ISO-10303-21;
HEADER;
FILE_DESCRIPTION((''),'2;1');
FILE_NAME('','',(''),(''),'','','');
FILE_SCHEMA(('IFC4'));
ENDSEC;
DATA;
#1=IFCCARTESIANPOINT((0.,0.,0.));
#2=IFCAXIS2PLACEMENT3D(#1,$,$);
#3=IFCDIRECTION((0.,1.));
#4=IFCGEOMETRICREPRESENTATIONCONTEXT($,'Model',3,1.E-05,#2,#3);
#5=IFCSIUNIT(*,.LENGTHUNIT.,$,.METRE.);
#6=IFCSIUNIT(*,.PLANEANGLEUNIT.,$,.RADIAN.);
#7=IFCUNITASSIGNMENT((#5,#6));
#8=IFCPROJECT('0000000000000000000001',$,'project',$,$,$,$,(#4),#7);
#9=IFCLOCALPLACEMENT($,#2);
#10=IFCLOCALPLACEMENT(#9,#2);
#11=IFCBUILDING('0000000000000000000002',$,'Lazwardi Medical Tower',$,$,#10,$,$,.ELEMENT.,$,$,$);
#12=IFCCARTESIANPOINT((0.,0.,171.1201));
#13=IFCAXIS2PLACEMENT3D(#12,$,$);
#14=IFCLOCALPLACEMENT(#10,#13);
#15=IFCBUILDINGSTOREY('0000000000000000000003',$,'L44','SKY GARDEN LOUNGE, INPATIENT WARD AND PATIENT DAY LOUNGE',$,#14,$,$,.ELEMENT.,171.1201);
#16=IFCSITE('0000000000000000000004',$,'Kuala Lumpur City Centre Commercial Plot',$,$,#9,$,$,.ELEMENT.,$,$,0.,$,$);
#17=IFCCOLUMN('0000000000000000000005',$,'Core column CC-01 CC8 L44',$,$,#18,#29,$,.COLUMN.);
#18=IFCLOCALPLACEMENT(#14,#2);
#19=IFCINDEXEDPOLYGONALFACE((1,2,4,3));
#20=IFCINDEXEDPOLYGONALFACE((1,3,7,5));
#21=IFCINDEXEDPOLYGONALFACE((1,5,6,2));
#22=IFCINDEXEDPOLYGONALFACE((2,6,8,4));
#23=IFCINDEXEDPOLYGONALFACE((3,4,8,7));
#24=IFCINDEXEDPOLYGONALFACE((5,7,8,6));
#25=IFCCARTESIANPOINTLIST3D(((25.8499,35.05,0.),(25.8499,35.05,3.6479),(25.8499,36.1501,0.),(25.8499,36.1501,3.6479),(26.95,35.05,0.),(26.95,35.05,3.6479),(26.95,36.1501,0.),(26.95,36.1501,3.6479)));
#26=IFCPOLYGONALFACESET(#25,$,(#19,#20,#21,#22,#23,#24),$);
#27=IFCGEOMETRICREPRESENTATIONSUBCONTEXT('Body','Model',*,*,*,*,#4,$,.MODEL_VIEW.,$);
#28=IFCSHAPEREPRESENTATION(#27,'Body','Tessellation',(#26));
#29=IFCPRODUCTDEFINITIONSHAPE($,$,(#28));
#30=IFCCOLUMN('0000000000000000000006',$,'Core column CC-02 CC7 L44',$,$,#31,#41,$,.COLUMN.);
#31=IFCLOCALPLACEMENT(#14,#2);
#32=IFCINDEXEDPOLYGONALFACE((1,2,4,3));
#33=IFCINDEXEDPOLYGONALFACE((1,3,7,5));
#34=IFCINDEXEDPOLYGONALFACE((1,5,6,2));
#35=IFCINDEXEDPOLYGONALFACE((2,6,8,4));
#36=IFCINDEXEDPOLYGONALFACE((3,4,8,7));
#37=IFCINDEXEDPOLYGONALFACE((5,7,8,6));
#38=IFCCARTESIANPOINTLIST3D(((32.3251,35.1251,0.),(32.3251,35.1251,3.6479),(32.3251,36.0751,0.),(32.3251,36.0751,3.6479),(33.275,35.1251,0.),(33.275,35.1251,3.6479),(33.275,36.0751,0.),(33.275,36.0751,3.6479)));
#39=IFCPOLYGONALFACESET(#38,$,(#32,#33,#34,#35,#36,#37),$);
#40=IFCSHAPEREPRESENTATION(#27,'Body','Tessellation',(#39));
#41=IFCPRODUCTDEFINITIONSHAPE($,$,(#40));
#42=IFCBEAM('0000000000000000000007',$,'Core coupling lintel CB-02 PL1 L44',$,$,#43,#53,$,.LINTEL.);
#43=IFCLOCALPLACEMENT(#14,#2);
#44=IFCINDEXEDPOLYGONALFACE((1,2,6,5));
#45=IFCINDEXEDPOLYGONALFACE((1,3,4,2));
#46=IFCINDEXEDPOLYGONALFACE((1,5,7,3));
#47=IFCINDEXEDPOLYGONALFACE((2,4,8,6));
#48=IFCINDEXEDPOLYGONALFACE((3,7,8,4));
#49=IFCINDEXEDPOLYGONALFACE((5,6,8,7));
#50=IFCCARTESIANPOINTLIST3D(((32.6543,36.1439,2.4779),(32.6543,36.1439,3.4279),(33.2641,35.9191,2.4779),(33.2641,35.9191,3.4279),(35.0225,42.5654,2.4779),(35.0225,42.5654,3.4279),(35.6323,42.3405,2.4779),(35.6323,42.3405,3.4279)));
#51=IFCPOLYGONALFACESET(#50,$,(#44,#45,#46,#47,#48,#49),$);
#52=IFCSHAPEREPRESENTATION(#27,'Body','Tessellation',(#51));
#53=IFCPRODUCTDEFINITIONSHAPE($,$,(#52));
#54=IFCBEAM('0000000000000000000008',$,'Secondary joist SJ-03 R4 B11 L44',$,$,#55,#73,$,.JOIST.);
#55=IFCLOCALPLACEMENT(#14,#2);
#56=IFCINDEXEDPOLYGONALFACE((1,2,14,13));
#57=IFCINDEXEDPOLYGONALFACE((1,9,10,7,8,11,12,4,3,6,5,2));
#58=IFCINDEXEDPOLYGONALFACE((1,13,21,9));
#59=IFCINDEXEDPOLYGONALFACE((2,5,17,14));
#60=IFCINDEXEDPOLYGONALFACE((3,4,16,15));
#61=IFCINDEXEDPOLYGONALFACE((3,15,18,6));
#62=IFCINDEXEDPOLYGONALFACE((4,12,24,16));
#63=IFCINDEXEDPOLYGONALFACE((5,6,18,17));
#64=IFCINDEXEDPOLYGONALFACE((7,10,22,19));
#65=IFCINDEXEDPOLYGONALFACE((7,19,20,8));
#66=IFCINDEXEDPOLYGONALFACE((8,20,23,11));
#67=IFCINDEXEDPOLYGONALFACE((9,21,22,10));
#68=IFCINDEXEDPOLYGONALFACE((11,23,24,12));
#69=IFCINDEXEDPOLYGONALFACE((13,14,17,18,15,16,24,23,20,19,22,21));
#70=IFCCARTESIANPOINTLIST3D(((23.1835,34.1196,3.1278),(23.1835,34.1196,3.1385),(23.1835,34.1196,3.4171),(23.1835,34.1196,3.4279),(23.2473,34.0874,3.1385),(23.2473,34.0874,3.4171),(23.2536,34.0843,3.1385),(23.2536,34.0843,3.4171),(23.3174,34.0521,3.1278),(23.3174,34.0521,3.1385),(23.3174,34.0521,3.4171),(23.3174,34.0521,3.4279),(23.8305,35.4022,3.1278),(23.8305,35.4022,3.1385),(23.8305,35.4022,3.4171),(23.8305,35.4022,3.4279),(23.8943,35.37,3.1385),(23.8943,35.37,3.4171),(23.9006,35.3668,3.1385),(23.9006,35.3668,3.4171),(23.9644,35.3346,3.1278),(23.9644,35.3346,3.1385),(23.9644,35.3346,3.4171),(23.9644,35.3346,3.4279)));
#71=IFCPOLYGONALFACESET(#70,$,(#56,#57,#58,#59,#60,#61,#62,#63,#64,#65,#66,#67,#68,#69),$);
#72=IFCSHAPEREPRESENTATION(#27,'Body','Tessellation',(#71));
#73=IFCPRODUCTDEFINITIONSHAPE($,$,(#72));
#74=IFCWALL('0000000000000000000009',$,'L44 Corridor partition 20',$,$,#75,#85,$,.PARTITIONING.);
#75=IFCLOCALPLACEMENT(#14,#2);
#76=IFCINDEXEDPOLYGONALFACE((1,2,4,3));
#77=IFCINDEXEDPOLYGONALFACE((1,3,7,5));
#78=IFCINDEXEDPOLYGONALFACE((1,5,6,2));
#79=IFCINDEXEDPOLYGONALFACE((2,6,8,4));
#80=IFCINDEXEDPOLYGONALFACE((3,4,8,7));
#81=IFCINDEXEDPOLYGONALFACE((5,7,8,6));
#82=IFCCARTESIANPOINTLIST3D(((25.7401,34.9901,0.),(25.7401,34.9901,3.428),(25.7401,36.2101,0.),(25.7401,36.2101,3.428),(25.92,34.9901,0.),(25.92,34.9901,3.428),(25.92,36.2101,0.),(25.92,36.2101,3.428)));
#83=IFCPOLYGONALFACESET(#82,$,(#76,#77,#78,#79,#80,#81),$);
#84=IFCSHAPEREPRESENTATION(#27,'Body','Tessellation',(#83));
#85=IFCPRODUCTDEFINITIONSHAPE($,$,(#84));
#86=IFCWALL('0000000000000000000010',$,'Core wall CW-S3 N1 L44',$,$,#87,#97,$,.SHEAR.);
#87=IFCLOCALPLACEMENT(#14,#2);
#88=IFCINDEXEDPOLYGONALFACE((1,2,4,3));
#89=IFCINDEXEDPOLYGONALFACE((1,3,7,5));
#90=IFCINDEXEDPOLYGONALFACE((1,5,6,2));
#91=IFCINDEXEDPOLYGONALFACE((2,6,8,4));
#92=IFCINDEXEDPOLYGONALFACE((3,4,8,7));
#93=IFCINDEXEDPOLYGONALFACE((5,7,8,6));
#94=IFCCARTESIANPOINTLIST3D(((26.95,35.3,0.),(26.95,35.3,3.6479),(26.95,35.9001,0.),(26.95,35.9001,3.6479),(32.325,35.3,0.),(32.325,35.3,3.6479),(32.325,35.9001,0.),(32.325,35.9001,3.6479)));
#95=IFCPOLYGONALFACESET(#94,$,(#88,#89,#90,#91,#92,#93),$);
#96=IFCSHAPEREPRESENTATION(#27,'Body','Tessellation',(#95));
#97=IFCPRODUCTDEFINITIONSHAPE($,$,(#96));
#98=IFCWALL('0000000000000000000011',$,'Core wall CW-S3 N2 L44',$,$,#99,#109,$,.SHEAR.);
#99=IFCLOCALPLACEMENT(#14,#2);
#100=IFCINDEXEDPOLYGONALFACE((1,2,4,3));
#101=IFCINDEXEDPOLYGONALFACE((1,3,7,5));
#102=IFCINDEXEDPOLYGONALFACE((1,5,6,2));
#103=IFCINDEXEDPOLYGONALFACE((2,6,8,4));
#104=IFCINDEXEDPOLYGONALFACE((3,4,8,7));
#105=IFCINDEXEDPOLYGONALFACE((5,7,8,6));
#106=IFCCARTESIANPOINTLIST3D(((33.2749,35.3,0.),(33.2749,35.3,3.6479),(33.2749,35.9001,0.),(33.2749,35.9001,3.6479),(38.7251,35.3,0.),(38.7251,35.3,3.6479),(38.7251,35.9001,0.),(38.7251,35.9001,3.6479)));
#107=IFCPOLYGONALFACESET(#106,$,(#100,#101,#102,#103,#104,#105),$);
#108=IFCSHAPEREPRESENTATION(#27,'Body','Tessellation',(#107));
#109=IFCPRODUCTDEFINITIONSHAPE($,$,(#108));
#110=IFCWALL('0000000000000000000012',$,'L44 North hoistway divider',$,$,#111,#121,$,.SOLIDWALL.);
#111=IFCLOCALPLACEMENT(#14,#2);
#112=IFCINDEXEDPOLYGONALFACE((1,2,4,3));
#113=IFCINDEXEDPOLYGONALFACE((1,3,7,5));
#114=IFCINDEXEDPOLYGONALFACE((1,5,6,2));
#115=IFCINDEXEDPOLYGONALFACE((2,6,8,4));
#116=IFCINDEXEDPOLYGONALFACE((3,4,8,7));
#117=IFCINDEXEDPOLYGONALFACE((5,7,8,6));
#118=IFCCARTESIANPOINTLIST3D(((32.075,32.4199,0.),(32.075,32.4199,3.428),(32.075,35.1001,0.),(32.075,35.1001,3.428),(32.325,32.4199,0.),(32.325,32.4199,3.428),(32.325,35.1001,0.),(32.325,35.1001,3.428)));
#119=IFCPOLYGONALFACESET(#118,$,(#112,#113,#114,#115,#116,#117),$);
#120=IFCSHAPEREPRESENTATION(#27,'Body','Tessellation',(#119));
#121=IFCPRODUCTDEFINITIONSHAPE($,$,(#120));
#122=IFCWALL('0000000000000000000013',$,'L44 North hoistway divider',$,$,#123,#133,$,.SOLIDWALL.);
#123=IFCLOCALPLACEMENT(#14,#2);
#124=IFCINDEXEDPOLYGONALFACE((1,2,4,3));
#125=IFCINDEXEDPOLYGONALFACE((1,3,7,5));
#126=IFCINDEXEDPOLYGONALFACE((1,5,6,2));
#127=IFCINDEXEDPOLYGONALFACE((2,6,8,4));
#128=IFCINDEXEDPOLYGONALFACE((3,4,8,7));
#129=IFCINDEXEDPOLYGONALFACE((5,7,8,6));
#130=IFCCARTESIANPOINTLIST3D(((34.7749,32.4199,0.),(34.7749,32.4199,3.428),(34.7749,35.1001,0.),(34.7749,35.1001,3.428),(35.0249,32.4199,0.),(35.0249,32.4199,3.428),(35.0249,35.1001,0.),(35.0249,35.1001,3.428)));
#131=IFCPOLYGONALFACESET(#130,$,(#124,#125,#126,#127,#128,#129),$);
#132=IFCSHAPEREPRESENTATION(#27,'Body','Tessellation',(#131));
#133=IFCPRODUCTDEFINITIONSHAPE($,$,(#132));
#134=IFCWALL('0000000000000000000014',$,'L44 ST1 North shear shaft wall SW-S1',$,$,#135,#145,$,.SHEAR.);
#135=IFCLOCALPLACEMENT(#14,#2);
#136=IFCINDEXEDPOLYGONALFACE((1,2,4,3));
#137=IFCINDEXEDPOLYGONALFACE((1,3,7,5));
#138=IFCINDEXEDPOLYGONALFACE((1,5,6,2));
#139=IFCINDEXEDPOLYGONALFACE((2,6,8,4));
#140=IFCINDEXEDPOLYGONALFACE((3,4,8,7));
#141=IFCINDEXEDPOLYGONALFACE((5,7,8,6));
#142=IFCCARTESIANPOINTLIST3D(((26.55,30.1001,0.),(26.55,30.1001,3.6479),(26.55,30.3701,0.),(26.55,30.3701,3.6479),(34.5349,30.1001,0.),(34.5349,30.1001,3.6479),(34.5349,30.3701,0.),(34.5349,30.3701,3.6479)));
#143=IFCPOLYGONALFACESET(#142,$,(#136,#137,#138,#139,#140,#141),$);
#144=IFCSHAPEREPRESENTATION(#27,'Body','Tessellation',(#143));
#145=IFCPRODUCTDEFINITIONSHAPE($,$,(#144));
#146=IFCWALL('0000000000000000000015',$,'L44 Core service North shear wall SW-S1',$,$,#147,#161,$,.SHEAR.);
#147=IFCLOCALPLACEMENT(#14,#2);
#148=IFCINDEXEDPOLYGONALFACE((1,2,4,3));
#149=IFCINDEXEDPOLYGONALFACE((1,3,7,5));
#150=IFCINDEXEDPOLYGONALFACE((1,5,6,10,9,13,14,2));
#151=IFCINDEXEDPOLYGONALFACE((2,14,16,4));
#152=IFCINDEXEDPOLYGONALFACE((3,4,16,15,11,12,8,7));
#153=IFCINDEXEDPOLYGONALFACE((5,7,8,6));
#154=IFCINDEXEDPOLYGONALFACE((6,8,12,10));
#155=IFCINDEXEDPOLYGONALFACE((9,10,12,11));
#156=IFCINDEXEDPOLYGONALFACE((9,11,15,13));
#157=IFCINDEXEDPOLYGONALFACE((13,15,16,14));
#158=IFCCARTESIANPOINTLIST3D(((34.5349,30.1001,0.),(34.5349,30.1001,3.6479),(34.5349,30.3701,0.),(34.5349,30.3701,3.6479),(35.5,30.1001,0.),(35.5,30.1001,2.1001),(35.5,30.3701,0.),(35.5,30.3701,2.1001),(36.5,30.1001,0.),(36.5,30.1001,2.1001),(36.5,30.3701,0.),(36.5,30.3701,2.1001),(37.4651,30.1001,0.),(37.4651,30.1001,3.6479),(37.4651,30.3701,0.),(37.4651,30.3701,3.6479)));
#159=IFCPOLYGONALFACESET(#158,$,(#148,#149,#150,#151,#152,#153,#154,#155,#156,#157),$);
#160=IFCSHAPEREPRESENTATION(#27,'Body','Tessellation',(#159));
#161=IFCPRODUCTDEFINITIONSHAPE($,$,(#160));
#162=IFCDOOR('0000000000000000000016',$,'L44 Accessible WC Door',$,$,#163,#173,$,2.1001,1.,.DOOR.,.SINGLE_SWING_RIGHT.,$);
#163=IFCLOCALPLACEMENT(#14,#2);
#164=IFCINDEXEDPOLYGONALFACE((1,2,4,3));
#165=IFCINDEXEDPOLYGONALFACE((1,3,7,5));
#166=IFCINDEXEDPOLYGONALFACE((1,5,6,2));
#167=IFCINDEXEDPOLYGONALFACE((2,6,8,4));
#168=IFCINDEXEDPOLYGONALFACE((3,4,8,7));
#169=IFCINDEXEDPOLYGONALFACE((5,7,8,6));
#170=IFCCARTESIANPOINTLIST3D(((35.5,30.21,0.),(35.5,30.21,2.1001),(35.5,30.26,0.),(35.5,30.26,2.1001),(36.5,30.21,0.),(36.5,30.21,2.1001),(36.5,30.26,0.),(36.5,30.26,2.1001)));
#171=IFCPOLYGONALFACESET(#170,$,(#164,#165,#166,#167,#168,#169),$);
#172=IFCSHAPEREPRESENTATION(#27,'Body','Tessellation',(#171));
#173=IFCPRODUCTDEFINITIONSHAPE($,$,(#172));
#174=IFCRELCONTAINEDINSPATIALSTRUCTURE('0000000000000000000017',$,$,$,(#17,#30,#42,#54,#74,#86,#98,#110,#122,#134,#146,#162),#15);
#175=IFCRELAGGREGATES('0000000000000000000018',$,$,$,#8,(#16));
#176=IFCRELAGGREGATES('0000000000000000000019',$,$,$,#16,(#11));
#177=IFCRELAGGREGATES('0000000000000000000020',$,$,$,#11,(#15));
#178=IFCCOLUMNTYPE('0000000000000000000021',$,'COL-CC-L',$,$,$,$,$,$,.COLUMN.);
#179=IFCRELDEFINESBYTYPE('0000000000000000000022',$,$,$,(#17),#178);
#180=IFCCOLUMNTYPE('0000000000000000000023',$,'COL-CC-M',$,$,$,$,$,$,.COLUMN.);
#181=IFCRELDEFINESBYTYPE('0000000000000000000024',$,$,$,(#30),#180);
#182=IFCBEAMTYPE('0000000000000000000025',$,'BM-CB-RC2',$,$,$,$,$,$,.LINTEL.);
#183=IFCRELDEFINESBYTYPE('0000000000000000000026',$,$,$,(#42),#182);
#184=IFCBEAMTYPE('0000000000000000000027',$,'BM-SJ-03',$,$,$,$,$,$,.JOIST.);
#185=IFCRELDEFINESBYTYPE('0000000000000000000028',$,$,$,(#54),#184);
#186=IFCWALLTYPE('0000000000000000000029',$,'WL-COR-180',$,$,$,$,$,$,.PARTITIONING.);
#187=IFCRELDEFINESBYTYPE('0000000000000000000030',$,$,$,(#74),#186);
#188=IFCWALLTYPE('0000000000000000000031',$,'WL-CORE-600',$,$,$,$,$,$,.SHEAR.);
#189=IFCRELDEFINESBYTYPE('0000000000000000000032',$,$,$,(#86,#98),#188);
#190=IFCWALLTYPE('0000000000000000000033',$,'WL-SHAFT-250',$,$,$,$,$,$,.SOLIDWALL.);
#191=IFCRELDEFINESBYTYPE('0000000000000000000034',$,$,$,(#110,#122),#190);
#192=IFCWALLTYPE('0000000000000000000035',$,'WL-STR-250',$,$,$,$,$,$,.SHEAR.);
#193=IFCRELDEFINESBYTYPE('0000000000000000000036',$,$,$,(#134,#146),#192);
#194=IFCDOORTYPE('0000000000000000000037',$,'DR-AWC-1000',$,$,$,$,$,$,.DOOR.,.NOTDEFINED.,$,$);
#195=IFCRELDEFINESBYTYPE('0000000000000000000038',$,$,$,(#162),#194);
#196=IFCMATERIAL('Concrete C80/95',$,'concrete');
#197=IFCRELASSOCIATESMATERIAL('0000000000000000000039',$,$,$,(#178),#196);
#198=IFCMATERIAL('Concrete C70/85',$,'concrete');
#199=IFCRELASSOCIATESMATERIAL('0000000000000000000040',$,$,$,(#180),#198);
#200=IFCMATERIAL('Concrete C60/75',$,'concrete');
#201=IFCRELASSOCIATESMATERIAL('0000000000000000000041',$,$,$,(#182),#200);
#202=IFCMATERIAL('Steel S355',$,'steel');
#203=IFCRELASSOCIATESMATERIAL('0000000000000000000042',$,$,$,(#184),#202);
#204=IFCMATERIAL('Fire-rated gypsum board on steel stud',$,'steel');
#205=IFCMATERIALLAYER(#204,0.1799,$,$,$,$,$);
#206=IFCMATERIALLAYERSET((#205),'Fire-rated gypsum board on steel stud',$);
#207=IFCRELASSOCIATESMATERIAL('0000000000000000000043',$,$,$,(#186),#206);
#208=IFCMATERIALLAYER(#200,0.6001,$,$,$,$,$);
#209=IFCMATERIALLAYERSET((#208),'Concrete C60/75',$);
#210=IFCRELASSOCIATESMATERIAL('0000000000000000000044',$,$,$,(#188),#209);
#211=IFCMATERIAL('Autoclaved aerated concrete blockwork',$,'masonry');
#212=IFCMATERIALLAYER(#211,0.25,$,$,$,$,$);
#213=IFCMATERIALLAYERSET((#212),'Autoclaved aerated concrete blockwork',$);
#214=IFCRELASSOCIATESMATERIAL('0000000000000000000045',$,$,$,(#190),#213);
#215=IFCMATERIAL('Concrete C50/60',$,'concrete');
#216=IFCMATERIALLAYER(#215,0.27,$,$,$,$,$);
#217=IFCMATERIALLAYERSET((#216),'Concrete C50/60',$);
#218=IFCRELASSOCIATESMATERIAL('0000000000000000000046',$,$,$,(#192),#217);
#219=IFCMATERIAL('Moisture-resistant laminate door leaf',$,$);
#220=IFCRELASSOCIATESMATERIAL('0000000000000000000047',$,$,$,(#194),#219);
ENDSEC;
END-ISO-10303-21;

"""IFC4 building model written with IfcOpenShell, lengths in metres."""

from ifc_helpers import new_model, si_unit, direction, frame, frame_2d, origin, origin_2d, place, context, subcontext, project, spatial, rectangle, i_section, extrude, material, layer, layer_set, material_profile, profile_set, type_object, element, fill, save


model = new_model("IFC4")

# Units and contexts
model_context = context("Model", 3, precision=1e-05, world=origin(), true_north=direction((0.0, 1.0)))
body_context = subcontext(model_context, "Body", "Model", "MODEL_VIEW")
ifc_project = project(units=[si_unit("LENGTHUNIT", "METRE"), si_unit("PLANEANGLEUNIT", "RADIAN")], contexts=[model_context])

# Site, building, storey
site_placement = place(None, origin())
site = spatial("IfcSite", under=ifc_project, at=site_placement, Name="Kuala Lumpur City Centre Commercial Plot", CompositionType="ELEMENT", RefElevation=0.0)
building_placement = place(site_placement, origin())
building = spatial("IfcBuilding", under=site, at=building_placement, Name="Lazwardi Medical Tower", CompositionType="ELEMENT")
storey_placement = place(building_placement, frame((0.0, 0.0, 171.1201)))
storey = spatial("IfcBuildingStorey", under=building, at=storey_placement, Name="L44", Description="SKY GARDEN LOUNGE, INPATIENT WARD AND PATIENT DAY LOUNGE", CompositionType="ELEMENT", Elevation=171.1201)

# Columns
ifc_material_1 = material(Name="Concrete C80/95", Category="concrete")
ifc_material_profile_1 = material_profile(ifc_material_1, rectangle(XDim=1.1001, YDim=1.1001, at=origin_2d()), Name="RC 1100x1100")
ifc_profile_set_1 = profile_set([ifc_material_profile_1], Name="Concrete C80/95")
column_type_1 = type_object("IfcColumnType", Name="COL-CC-L", PredefinedType="COLUMN", material=ifc_profile_set_1)
column_1_placement = place(storey_placement, frame((26.3999, 35.6001, 0.0), z_axis=(0.0, 0.0, 1.0), x_axis=(1.0, 0.0, 0.0)))
element("IfcColumn", 1, at=column_1_placement, inside=storey, type_object=column_type_1, Name="Core column CC-01 CC8 L44", PredefinedType="COLUMN", context=body_context, shape_type="SweptSolid", body=[
    extrude(rectangle(XDim=1.1001, YDim=1.1001, at=origin_2d()), origin(), (0.0, 0.0, 1.0), 3.6479),
])
ifc_material_2 = material(Name="Concrete C70/85", Category="concrete")
ifc_material_profile_2 = material_profile(ifc_material_2, rectangle(XDim=0.95, YDim=0.95, at=origin_2d()), Name="RC 950x950")
ifc_profile_set_2 = profile_set([ifc_material_profile_2], Name="Concrete C70/85")
column_type_2 = type_object("IfcColumnType", Name="COL-CC-M", PredefinedType="COLUMN", material=ifc_profile_set_2)
column_2_placement = place(storey_placement, frame((32.8, 35.6001, 0.0), z_axis=(0.0, 0.0, 1.0), x_axis=(1.0, 0.0, 0.0)))
element("IfcColumn", 2, at=column_2_placement, inside=storey, type_object=column_type_2, Name="Core column CC-02 CC7 L44", PredefinedType="COLUMN", context=body_context, shape_type="SweptSolid", body=[
    extrude(rectangle(XDim=0.95, YDim=0.95, at=origin_2d()), origin(), (0.0, 0.0, 1.0), 3.6479),
])

# Beams
ifc_material_3 = material(Name="Concrete C60/75", Category="concrete")
ifc_material_profile_3 = material_profile(ifc_material_3, rectangle(XDim=0.6499, YDim=0.95, at=origin_2d()), Name="RC 650x950")
ifc_profile_set_3 = profile_set([ifc_material_profile_3], Name="Concrete C60/75")
beam_type_1 = type_object("IfcBeamType", Name="BM-CB-RC2", PredefinedType="LINTEL", material=ifc_profile_set_3)
beam_1_placement = place(storey_placement, frame((32.9592, 36.0315, 2.9529), z_axis=(0.346013, 0.93823, 0.0), x_axis=(-0.93823, 0.346013, 0.0)))
element("IfcBeam", 3, at=beam_1_placement, inside=storey, type_object=beam_type_1, Name="Core coupling lintel CB-02 PL1 L44", PredefinedType="LINTEL", context=body_context, shape_type="SweptSolid", body=[
    extrude(rectangle(XDim=0.6499, YDim=0.95, at=origin_2d()), origin(), (0.0, 0.0, 1.0), 6.8442),
])
ifc_material_4 = material(Name="Steel S355", Category="steel")
ifc_material_profile_4 = material_profile(ifc_material_4, i_section(OverallWidth=0.1499, OverallDepth=0.3, WebThickness=0.0071, FlangeThickness=0.0107, at=origin_2d()), Name="IPE 300")
ifc_profile_set_4 = profile_set([ifc_material_profile_4], Name="Steel S355")
beam_type_2 = type_object("IfcBeamType", Name="BM-SJ-03", PredefinedType="JOIST", material=ifc_profile_set_4)
beam_2_placement = place(storey_placement, frame((23.8975, 35.3684, 3.2778), z_axis=(-0.450406, -0.892824, 0.0), x_axis=(0.892824, -0.450406, 0.0)))
element("IfcBeam", 4, at=beam_2_placement, inside=storey, type_object=beam_type_2, Name="Secondary joist SJ-03 R4 B11 L44", PredefinedType="JOIST", context=body_context, shape_type="SweptSolid", body=[
    extrude(i_section(OverallWidth=0.1499, OverallDepth=0.3, WebThickness=0.0071, FlangeThickness=0.0107, at=origin_2d()), origin(), (0.0, 0.0, 1.0), 1.4365),
])

# Walls
ifc_material_5 = material(Name="Fire-rated gypsum board on steel stud", Category="steel")
ifc_layer_1 = layer(ifc_material_5, 0.1799)
ifc_layer_set_1 = layer_set([ifc_layer_1], Name="Fire-rated gypsum board on steel stud")
wall_type_1 = type_object("IfcWallType", Name="WL-COR-180", PredefinedType="PARTITIONING", material=ifc_layer_set_1)
wall_1_placement = place(storey_placement, frame((25.8301, 36.21, 0.0), z_axis=(0.0, 0.0, 1.0), x_axis=(0.0, -1.0, 0.0)))
element("IfcWall", 5, at=wall_1_placement, inside=storey, type_object=wall_type_1, Name="L44 Corridor partition 20", PredefinedType="PARTITIONING", context=body_context, shape_type="SweptSolid", body=[
    extrude(rectangle(XDim=1.22, YDim=0.1799, at=frame_2d((0.6099, 0.0))), origin(), (0.0, 0.0, 1.0), 3.428),
])
ifc_layer_2 = layer(ifc_material_3, 0.6001)
ifc_layer_set_2 = layer_set([ifc_layer_2], Name="Concrete C60/75")
wall_type_2 = type_object("IfcWallType", Name="WL-CORE-600", PredefinedType="SHEAR", material=ifc_layer_set_2)
wall_2_placement = place(storey_placement, frame((26.95, 35.6001, 0.0), z_axis=(0.0, 0.0, 1.0), x_axis=(1.0, 0.0, 0.0)))
element("IfcWall", 6, at=wall_2_placement, inside=storey, type_object=wall_type_2, Name="Core wall CW-S3 N1 L44", PredefinedType="SHEAR", context=body_context, shape_type="SweptSolid", body=[
    extrude(rectangle(XDim=5.375, YDim=0.6001, at=frame_2d((2.6875, 0.0))), origin(), (0.0, 0.0, 1.0), 3.6479),
])
wall_3_placement = place(storey_placement, frame((33.2749, 35.6001, 0.0), z_axis=(0.0, 0.0, 1.0), x_axis=(1.0, 0.0, 0.0)))
element("IfcWall", 7, at=wall_3_placement, inside=storey, type_object=wall_type_2, Name="Core wall CW-S3 N2 L44", PredefinedType="SHEAR", context=body_context, shape_type="SweptSolid", body=[
    extrude(rectangle(XDim=5.4502, YDim=0.6001, at=frame_2d((2.7251, 0.0))), origin(), (0.0, 0.0, 1.0), 3.6479),
])
ifc_material_6 = material(Name="Autoclaved aerated concrete blockwork", Category="masonry")
ifc_layer_3 = layer(ifc_material_6, 0.25)
ifc_layer_set_3 = layer_set([ifc_layer_3], Name="Autoclaved aerated concrete blockwork")
wall_type_3 = type_object("IfcWallType", Name="WL-SHAFT-250", PredefinedType="SOLIDWALL", material=ifc_layer_set_3)
for number, where, z_axis, x_axis, name in (
    (8, (32.2, 32.4199, 0.0), (0.0, 0.0, 1.0), (0.0, 1.0, 0.0), "L44 North hoistway divider"),
    (9, (34.8999, 32.4199, 0.0), (0.0, 0.0, 1.0), (0.0, 1.0, 0.0), "L44 North hoistway divider"),
):
    element("IfcWall", number, at=place(storey_placement, frame(where, z_axis=z_axis, x_axis=x_axis)), inside=storey, type_object=wall_type_3, Name=name, PredefinedType="SOLIDWALL", context=body_context, shape_type="SweptSolid", body=[
        extrude(rectangle(XDim=2.6802, YDim=0.25, at=frame_2d((1.3401, 0.0))), origin(), (0.0, 0.0, 1.0), 3.428),
    ])
ifc_material_7 = material(Name="Concrete C50/60", Category="concrete")
ifc_layer_4 = layer(ifc_material_7, 0.27)
ifc_layer_set_4 = layer_set([ifc_layer_4], Name="Concrete C50/60")
wall_type_4 = type_object("IfcWallType", Name="WL-STR-250", PredefinedType="SHEAR", material=ifc_layer_set_4)
wall_4_placement = place(storey_placement, frame((26.55, 30.2351, 0.0), z_axis=(0.0, 0.0, 1.0), x_axis=(1.0, 0.0, 0.0)))
element("IfcWall", 10, at=wall_4_placement, inside=storey, type_object=wall_type_4, Name="L44 ST1 North shear shaft wall SW-S1", PredefinedType="SHEAR", context=body_context, shape_type="SweptSolid", body=[
    extrude(rectangle(XDim=7.9849, YDim=0.27, at=frame_2d((3.9924, 0.0))), origin(), (0.0, 0.0, 1.0), 3.6479),
])

# Wall, opening, door
wall_5_placement = place(storey_placement, frame((34.5349, 30.2351, 0.0), z_axis=(0.0, 0.0, 1.0), x_axis=(1.0, 0.0, 0.0)))
wall_5 = element("IfcWall", 11, at=wall_5_placement, inside=storey, type_object=wall_type_4, Name="L44 Core service North shear wall SW-S1", PredefinedType="SHEAR", context=body_context, shape_type="SweptSolid", body=[
    extrude(rectangle(XDim=2.9302, YDim=0.27, at=frame_2d((1.4651, 0.0))), origin(), (0.0, 0.0, 1.0), 3.6479),
])
opening_1_placement = place(wall_5_placement, frame((0.9651, 0.0, 0.0)))
opening_1 = element("IfcOpeningElement", 12, at=opening_1_placement, cuts=wall_5, PredefinedType="OPENING", context=body_context, shape_type="SweptSolid", body=[
    extrude(rectangle(XDim=1.0, YDim=2.1001, at=frame_2d((0.5, 1.05))), frame((0.0, 0.145, 0.0), z_axis=(0.0, -1.0, 0.0), x_axis=(1.0, 0.0, 0.0)), (0.0, 0.0, 1.0), 0.29),
])
ifc_material_8 = material(Name="Moisture-resistant laminate door leaf")
door_type_1 = type_object("IfcDoorType", Name="DR-AWC-1000", OperationType="NOTDEFINED", PredefinedType="DOOR", material=ifc_material_8)
door_1_placement = place(opening_1_placement, origin())
door_1 = element("IfcDoor", 13, at=door_1_placement, inside=storey, type_object=door_type_1, Name="L44 Accessible WC Door", OperationType="SINGLE_SWING_RIGHT", OverallHeight=2.1001, OverallWidth=1.0, PredefinedType="DOOR", context=body_context, shape_type="SweptSolid", body=[
    extrude(rectangle(XDim=1.0, YDim=2.1001, at=frame_2d((0.5, 1.05))), frame((0.0, 0.0249, 0.0), z_axis=(0.0, -1.0, 0.0), x_axis=(1.0, 0.0, 0.0)), (0.0, 0.0, 1.0), 0.05),
])
fill(opening_1, door_1)

save(model, "model.ifc")
